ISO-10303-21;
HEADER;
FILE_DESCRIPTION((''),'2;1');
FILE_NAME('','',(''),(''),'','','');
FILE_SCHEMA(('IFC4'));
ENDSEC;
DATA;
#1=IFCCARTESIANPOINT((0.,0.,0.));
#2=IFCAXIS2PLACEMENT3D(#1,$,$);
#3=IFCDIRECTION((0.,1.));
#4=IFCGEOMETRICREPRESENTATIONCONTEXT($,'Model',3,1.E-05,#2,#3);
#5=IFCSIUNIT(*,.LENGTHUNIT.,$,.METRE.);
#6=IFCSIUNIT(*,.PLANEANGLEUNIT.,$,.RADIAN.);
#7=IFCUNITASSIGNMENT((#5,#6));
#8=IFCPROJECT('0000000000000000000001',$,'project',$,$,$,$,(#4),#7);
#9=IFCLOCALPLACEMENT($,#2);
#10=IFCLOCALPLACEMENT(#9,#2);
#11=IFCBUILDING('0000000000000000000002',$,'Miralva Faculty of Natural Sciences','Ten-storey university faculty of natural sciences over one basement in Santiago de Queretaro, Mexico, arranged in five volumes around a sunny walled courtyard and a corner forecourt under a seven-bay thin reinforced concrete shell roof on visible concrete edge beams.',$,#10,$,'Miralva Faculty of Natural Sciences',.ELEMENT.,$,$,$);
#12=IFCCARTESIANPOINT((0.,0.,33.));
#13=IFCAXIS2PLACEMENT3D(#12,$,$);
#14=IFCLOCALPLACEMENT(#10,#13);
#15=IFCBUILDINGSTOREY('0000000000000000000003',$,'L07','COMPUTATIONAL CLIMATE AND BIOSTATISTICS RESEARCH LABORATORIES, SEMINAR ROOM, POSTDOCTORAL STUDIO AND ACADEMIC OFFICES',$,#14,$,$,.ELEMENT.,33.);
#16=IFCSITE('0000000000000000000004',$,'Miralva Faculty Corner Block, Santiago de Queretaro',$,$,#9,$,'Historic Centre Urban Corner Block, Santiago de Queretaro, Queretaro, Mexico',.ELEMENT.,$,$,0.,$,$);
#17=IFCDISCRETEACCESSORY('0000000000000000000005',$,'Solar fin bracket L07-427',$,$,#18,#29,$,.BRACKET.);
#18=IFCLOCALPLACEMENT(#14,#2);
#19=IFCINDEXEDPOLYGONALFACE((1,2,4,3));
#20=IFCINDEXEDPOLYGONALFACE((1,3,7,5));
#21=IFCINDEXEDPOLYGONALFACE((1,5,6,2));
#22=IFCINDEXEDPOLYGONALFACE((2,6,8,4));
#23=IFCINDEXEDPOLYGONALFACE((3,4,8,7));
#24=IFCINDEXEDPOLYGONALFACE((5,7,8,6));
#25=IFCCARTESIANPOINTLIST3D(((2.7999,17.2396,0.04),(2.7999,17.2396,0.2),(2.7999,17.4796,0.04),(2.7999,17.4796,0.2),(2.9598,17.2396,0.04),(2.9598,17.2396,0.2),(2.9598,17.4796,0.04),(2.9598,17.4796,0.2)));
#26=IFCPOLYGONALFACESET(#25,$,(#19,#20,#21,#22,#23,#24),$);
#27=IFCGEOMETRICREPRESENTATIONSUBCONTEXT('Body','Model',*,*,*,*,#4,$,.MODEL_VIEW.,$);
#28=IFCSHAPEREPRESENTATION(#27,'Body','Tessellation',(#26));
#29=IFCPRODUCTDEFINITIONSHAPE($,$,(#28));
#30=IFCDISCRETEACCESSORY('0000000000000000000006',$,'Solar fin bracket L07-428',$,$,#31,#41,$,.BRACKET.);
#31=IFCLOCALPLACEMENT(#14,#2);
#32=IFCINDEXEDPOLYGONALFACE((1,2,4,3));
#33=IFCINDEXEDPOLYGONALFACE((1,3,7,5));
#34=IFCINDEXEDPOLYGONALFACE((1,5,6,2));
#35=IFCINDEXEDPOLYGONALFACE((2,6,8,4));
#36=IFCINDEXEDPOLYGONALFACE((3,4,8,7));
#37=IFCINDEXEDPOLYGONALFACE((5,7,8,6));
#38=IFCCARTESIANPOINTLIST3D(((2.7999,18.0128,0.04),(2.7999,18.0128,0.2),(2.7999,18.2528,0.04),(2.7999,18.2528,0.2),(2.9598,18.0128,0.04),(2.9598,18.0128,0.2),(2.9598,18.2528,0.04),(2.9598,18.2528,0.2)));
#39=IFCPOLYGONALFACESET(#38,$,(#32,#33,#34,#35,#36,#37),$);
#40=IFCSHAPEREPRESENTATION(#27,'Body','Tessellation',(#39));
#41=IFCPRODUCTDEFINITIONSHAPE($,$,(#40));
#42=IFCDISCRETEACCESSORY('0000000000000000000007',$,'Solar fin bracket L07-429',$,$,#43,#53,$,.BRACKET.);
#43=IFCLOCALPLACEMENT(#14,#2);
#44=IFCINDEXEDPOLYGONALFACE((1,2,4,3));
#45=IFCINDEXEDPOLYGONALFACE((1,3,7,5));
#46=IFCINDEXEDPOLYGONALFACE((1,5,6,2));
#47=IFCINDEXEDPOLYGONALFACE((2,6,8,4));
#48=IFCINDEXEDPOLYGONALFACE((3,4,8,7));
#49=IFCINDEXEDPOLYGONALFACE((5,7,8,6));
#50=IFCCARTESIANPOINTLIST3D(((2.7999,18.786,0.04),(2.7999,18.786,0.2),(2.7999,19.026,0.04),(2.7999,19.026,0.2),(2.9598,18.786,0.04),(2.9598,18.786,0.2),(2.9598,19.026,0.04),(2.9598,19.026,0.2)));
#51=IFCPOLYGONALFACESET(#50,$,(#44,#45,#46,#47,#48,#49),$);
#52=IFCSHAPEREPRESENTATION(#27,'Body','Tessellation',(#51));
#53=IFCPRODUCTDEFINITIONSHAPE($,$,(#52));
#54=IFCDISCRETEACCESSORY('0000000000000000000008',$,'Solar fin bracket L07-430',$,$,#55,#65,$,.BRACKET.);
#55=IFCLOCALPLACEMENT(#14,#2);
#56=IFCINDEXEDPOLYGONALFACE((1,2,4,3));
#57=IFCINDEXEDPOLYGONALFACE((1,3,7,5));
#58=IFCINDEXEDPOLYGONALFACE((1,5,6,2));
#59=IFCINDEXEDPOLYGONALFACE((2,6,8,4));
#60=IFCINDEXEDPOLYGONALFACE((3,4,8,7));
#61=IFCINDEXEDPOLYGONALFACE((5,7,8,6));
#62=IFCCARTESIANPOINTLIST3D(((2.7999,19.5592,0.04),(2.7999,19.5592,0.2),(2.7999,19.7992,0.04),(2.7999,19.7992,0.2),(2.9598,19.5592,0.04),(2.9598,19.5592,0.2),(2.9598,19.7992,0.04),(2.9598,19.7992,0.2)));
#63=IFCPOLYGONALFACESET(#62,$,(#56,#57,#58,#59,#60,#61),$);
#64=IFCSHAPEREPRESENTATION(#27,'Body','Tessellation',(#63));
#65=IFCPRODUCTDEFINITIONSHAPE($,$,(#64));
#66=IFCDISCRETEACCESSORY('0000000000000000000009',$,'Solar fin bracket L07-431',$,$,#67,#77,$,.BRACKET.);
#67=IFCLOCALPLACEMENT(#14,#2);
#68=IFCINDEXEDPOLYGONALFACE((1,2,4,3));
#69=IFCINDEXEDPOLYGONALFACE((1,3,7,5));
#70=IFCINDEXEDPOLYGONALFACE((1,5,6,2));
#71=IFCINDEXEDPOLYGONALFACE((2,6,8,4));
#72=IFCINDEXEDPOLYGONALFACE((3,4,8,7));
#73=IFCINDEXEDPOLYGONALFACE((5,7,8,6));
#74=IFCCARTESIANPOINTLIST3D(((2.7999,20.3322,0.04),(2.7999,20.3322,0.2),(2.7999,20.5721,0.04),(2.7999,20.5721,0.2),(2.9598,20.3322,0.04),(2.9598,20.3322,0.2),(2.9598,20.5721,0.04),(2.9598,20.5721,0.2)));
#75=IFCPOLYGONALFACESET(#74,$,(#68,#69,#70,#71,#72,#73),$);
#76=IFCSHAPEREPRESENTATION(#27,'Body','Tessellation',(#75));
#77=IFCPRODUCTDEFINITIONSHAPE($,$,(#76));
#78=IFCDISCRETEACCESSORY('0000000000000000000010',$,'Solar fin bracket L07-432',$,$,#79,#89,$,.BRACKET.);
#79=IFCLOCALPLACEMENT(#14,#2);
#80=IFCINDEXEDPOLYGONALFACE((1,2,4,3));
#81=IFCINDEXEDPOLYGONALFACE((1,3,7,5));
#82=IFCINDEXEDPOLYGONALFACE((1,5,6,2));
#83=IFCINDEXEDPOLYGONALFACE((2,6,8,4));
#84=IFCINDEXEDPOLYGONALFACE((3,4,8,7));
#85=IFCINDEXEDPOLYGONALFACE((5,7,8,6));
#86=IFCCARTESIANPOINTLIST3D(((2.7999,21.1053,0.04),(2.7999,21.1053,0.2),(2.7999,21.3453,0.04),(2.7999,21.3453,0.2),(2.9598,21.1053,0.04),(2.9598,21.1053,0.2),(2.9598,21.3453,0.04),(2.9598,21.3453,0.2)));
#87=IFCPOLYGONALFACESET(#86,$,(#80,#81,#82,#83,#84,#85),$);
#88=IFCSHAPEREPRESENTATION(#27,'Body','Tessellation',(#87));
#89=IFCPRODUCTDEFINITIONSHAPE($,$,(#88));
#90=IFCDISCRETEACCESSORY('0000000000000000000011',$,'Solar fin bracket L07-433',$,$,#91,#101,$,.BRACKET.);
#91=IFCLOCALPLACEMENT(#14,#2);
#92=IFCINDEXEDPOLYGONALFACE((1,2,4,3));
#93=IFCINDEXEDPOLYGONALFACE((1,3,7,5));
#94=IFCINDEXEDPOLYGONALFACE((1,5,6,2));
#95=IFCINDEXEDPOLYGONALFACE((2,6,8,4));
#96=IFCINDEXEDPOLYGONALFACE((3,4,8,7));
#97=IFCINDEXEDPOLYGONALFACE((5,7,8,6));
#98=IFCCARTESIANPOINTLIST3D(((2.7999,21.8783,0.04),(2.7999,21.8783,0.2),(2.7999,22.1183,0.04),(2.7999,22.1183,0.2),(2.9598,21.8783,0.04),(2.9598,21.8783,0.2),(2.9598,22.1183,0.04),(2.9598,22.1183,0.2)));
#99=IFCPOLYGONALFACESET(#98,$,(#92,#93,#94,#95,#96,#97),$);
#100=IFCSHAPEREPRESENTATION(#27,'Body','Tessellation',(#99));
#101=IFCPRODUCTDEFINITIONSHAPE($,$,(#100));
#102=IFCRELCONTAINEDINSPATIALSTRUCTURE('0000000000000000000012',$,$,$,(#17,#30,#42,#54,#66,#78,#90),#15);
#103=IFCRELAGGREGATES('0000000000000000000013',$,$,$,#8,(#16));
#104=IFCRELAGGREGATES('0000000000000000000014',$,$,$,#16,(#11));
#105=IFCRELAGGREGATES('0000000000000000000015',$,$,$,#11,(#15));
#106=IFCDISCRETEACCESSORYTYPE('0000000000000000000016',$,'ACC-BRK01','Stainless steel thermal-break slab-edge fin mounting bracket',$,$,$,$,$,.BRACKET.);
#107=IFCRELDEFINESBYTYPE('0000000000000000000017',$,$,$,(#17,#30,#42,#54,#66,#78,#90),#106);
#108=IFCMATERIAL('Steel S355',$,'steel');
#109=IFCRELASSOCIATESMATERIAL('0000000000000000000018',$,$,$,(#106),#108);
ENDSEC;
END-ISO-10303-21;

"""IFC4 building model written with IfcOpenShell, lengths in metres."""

from ifc_helpers import new_model, si_unit, direction, frame, origin, origin_2d, place, context, subcontext, project, spatial, rectangle, extrude, material, type_object, element, save


model = new_model("IFC4")

# Units and contexts
model_context = context("Model", 3, precision=1e-05, world=origin(), true_north=direction((0.0, 1.0)))
body_context = subcontext(model_context, "Body", "Model", "MODEL_VIEW")
ifc_project = project(units=[si_unit("LENGTHUNIT", "METRE"), si_unit("PLANEANGLEUNIT", "RADIAN")], contexts=[model_context])

# Site, building, storey
site_placement = place(None, origin())
site = spatial("IfcSite", under=ifc_project, at=site_placement, Name="Miralva Faculty Corner Block, Santiago de Queretaro", LongName="Historic Centre Urban Corner Block, Santiago de Queretaro, Queretaro, Mexico", CompositionType="ELEMENT", RefElevation=0.0)
building_placement = place(site_placement, origin())
building = spatial("IfcBuilding", under=site, at=building_placement, Name="Miralva Faculty of Natural Sciences", Description="Ten-storey university faculty of natural sciences over one basement in Santiago de Queretaro, Mexico, arranged in five volumes around a sunny walled courtyard and a corner forecourt under a seven-bay thin reinforced concrete shell roof on visible concrete edge beams.", LongName="Miralva Faculty of Natural Sciences", CompositionType="ELEMENT")
storey_placement = place(building_placement, frame((0.0, 0.0, 33.0)))
storey = spatial("IfcBuildingStorey", under=building, at=storey_placement, Name="L07", Description="COMPUTATIONAL CLIMATE AND BIOSTATISTICS RESEARCH LABORATORIES, SEMINAR ROOM, POSTDOCTORAL STUDIO AND ACADEMIC OFFICES", CompositionType="ELEMENT", Elevation=33.0)

# Discrete accessories
ifc_material_1 = material(Name="Steel S355", Category="steel")
discrete_accessory_type = type_object("IfcDiscreteAccessoryType", Name="ACC-BRK01", Description="Stainless steel thermal-break slab-edge fin mounting bracket", PredefinedType="BRACKET", material=ifc_material_1)
for number, where, z_axis, x_axis, name in (
    (1, (2.8799, 17.3596, 0.04), (0.0, 0.0, 1.0), (-1.0, 0.0, 0.0), "Solar fin bracket L07-427"),
    (2, (2.8799, 18.1328, 0.04), (0.0, 0.0, 1.0), (-1.0, 0.0, 0.0), "Solar fin bracket L07-428"),
    (3, (2.8799, 18.906, 0.04), (0.0, 0.0, 1.0), (-1.0, 0.0, 0.0), "Solar fin bracket L07-429"),
    (4, (2.8799, 19.6792, 0.04), (0.0, 0.0, 1.0), (-1.0, 0.0, 0.0), "Solar fin bracket L07-430"),
    (5, (2.8799, 20.4521, 0.04), (0.0, 0.0, 1.0), (-1.0, 0.0, 0.0), "Solar fin bracket L07-431"),
    (6, (2.8799, 21.2253, 0.04), (0.0, 0.0, 1.0), (-1.0, 0.0, 0.0), "Solar fin bracket L07-432"),
    (7, (2.8799, 21.9983, 0.04), (0.0, 0.0, 1.0), (-1.0, 0.0, 0.0), "Solar fin bracket L07-433"),
):
    element("IfcDiscreteAccessory", number, at=place(storey_placement, frame(where, z_axis=z_axis, x_axis=x_axis)), inside=storey, type_object=discrete_accessory_type, Name=name, PredefinedType="BRACKET", context=body_context, shape_type="SweptSolid", body=[
        extrude(rectangle(XDim=0.1599, YDim=0.24, at=origin_2d()), origin(), (0.0, 0.0, 1.0), 0.1599),
    ])

save(model, "model.ifc")
